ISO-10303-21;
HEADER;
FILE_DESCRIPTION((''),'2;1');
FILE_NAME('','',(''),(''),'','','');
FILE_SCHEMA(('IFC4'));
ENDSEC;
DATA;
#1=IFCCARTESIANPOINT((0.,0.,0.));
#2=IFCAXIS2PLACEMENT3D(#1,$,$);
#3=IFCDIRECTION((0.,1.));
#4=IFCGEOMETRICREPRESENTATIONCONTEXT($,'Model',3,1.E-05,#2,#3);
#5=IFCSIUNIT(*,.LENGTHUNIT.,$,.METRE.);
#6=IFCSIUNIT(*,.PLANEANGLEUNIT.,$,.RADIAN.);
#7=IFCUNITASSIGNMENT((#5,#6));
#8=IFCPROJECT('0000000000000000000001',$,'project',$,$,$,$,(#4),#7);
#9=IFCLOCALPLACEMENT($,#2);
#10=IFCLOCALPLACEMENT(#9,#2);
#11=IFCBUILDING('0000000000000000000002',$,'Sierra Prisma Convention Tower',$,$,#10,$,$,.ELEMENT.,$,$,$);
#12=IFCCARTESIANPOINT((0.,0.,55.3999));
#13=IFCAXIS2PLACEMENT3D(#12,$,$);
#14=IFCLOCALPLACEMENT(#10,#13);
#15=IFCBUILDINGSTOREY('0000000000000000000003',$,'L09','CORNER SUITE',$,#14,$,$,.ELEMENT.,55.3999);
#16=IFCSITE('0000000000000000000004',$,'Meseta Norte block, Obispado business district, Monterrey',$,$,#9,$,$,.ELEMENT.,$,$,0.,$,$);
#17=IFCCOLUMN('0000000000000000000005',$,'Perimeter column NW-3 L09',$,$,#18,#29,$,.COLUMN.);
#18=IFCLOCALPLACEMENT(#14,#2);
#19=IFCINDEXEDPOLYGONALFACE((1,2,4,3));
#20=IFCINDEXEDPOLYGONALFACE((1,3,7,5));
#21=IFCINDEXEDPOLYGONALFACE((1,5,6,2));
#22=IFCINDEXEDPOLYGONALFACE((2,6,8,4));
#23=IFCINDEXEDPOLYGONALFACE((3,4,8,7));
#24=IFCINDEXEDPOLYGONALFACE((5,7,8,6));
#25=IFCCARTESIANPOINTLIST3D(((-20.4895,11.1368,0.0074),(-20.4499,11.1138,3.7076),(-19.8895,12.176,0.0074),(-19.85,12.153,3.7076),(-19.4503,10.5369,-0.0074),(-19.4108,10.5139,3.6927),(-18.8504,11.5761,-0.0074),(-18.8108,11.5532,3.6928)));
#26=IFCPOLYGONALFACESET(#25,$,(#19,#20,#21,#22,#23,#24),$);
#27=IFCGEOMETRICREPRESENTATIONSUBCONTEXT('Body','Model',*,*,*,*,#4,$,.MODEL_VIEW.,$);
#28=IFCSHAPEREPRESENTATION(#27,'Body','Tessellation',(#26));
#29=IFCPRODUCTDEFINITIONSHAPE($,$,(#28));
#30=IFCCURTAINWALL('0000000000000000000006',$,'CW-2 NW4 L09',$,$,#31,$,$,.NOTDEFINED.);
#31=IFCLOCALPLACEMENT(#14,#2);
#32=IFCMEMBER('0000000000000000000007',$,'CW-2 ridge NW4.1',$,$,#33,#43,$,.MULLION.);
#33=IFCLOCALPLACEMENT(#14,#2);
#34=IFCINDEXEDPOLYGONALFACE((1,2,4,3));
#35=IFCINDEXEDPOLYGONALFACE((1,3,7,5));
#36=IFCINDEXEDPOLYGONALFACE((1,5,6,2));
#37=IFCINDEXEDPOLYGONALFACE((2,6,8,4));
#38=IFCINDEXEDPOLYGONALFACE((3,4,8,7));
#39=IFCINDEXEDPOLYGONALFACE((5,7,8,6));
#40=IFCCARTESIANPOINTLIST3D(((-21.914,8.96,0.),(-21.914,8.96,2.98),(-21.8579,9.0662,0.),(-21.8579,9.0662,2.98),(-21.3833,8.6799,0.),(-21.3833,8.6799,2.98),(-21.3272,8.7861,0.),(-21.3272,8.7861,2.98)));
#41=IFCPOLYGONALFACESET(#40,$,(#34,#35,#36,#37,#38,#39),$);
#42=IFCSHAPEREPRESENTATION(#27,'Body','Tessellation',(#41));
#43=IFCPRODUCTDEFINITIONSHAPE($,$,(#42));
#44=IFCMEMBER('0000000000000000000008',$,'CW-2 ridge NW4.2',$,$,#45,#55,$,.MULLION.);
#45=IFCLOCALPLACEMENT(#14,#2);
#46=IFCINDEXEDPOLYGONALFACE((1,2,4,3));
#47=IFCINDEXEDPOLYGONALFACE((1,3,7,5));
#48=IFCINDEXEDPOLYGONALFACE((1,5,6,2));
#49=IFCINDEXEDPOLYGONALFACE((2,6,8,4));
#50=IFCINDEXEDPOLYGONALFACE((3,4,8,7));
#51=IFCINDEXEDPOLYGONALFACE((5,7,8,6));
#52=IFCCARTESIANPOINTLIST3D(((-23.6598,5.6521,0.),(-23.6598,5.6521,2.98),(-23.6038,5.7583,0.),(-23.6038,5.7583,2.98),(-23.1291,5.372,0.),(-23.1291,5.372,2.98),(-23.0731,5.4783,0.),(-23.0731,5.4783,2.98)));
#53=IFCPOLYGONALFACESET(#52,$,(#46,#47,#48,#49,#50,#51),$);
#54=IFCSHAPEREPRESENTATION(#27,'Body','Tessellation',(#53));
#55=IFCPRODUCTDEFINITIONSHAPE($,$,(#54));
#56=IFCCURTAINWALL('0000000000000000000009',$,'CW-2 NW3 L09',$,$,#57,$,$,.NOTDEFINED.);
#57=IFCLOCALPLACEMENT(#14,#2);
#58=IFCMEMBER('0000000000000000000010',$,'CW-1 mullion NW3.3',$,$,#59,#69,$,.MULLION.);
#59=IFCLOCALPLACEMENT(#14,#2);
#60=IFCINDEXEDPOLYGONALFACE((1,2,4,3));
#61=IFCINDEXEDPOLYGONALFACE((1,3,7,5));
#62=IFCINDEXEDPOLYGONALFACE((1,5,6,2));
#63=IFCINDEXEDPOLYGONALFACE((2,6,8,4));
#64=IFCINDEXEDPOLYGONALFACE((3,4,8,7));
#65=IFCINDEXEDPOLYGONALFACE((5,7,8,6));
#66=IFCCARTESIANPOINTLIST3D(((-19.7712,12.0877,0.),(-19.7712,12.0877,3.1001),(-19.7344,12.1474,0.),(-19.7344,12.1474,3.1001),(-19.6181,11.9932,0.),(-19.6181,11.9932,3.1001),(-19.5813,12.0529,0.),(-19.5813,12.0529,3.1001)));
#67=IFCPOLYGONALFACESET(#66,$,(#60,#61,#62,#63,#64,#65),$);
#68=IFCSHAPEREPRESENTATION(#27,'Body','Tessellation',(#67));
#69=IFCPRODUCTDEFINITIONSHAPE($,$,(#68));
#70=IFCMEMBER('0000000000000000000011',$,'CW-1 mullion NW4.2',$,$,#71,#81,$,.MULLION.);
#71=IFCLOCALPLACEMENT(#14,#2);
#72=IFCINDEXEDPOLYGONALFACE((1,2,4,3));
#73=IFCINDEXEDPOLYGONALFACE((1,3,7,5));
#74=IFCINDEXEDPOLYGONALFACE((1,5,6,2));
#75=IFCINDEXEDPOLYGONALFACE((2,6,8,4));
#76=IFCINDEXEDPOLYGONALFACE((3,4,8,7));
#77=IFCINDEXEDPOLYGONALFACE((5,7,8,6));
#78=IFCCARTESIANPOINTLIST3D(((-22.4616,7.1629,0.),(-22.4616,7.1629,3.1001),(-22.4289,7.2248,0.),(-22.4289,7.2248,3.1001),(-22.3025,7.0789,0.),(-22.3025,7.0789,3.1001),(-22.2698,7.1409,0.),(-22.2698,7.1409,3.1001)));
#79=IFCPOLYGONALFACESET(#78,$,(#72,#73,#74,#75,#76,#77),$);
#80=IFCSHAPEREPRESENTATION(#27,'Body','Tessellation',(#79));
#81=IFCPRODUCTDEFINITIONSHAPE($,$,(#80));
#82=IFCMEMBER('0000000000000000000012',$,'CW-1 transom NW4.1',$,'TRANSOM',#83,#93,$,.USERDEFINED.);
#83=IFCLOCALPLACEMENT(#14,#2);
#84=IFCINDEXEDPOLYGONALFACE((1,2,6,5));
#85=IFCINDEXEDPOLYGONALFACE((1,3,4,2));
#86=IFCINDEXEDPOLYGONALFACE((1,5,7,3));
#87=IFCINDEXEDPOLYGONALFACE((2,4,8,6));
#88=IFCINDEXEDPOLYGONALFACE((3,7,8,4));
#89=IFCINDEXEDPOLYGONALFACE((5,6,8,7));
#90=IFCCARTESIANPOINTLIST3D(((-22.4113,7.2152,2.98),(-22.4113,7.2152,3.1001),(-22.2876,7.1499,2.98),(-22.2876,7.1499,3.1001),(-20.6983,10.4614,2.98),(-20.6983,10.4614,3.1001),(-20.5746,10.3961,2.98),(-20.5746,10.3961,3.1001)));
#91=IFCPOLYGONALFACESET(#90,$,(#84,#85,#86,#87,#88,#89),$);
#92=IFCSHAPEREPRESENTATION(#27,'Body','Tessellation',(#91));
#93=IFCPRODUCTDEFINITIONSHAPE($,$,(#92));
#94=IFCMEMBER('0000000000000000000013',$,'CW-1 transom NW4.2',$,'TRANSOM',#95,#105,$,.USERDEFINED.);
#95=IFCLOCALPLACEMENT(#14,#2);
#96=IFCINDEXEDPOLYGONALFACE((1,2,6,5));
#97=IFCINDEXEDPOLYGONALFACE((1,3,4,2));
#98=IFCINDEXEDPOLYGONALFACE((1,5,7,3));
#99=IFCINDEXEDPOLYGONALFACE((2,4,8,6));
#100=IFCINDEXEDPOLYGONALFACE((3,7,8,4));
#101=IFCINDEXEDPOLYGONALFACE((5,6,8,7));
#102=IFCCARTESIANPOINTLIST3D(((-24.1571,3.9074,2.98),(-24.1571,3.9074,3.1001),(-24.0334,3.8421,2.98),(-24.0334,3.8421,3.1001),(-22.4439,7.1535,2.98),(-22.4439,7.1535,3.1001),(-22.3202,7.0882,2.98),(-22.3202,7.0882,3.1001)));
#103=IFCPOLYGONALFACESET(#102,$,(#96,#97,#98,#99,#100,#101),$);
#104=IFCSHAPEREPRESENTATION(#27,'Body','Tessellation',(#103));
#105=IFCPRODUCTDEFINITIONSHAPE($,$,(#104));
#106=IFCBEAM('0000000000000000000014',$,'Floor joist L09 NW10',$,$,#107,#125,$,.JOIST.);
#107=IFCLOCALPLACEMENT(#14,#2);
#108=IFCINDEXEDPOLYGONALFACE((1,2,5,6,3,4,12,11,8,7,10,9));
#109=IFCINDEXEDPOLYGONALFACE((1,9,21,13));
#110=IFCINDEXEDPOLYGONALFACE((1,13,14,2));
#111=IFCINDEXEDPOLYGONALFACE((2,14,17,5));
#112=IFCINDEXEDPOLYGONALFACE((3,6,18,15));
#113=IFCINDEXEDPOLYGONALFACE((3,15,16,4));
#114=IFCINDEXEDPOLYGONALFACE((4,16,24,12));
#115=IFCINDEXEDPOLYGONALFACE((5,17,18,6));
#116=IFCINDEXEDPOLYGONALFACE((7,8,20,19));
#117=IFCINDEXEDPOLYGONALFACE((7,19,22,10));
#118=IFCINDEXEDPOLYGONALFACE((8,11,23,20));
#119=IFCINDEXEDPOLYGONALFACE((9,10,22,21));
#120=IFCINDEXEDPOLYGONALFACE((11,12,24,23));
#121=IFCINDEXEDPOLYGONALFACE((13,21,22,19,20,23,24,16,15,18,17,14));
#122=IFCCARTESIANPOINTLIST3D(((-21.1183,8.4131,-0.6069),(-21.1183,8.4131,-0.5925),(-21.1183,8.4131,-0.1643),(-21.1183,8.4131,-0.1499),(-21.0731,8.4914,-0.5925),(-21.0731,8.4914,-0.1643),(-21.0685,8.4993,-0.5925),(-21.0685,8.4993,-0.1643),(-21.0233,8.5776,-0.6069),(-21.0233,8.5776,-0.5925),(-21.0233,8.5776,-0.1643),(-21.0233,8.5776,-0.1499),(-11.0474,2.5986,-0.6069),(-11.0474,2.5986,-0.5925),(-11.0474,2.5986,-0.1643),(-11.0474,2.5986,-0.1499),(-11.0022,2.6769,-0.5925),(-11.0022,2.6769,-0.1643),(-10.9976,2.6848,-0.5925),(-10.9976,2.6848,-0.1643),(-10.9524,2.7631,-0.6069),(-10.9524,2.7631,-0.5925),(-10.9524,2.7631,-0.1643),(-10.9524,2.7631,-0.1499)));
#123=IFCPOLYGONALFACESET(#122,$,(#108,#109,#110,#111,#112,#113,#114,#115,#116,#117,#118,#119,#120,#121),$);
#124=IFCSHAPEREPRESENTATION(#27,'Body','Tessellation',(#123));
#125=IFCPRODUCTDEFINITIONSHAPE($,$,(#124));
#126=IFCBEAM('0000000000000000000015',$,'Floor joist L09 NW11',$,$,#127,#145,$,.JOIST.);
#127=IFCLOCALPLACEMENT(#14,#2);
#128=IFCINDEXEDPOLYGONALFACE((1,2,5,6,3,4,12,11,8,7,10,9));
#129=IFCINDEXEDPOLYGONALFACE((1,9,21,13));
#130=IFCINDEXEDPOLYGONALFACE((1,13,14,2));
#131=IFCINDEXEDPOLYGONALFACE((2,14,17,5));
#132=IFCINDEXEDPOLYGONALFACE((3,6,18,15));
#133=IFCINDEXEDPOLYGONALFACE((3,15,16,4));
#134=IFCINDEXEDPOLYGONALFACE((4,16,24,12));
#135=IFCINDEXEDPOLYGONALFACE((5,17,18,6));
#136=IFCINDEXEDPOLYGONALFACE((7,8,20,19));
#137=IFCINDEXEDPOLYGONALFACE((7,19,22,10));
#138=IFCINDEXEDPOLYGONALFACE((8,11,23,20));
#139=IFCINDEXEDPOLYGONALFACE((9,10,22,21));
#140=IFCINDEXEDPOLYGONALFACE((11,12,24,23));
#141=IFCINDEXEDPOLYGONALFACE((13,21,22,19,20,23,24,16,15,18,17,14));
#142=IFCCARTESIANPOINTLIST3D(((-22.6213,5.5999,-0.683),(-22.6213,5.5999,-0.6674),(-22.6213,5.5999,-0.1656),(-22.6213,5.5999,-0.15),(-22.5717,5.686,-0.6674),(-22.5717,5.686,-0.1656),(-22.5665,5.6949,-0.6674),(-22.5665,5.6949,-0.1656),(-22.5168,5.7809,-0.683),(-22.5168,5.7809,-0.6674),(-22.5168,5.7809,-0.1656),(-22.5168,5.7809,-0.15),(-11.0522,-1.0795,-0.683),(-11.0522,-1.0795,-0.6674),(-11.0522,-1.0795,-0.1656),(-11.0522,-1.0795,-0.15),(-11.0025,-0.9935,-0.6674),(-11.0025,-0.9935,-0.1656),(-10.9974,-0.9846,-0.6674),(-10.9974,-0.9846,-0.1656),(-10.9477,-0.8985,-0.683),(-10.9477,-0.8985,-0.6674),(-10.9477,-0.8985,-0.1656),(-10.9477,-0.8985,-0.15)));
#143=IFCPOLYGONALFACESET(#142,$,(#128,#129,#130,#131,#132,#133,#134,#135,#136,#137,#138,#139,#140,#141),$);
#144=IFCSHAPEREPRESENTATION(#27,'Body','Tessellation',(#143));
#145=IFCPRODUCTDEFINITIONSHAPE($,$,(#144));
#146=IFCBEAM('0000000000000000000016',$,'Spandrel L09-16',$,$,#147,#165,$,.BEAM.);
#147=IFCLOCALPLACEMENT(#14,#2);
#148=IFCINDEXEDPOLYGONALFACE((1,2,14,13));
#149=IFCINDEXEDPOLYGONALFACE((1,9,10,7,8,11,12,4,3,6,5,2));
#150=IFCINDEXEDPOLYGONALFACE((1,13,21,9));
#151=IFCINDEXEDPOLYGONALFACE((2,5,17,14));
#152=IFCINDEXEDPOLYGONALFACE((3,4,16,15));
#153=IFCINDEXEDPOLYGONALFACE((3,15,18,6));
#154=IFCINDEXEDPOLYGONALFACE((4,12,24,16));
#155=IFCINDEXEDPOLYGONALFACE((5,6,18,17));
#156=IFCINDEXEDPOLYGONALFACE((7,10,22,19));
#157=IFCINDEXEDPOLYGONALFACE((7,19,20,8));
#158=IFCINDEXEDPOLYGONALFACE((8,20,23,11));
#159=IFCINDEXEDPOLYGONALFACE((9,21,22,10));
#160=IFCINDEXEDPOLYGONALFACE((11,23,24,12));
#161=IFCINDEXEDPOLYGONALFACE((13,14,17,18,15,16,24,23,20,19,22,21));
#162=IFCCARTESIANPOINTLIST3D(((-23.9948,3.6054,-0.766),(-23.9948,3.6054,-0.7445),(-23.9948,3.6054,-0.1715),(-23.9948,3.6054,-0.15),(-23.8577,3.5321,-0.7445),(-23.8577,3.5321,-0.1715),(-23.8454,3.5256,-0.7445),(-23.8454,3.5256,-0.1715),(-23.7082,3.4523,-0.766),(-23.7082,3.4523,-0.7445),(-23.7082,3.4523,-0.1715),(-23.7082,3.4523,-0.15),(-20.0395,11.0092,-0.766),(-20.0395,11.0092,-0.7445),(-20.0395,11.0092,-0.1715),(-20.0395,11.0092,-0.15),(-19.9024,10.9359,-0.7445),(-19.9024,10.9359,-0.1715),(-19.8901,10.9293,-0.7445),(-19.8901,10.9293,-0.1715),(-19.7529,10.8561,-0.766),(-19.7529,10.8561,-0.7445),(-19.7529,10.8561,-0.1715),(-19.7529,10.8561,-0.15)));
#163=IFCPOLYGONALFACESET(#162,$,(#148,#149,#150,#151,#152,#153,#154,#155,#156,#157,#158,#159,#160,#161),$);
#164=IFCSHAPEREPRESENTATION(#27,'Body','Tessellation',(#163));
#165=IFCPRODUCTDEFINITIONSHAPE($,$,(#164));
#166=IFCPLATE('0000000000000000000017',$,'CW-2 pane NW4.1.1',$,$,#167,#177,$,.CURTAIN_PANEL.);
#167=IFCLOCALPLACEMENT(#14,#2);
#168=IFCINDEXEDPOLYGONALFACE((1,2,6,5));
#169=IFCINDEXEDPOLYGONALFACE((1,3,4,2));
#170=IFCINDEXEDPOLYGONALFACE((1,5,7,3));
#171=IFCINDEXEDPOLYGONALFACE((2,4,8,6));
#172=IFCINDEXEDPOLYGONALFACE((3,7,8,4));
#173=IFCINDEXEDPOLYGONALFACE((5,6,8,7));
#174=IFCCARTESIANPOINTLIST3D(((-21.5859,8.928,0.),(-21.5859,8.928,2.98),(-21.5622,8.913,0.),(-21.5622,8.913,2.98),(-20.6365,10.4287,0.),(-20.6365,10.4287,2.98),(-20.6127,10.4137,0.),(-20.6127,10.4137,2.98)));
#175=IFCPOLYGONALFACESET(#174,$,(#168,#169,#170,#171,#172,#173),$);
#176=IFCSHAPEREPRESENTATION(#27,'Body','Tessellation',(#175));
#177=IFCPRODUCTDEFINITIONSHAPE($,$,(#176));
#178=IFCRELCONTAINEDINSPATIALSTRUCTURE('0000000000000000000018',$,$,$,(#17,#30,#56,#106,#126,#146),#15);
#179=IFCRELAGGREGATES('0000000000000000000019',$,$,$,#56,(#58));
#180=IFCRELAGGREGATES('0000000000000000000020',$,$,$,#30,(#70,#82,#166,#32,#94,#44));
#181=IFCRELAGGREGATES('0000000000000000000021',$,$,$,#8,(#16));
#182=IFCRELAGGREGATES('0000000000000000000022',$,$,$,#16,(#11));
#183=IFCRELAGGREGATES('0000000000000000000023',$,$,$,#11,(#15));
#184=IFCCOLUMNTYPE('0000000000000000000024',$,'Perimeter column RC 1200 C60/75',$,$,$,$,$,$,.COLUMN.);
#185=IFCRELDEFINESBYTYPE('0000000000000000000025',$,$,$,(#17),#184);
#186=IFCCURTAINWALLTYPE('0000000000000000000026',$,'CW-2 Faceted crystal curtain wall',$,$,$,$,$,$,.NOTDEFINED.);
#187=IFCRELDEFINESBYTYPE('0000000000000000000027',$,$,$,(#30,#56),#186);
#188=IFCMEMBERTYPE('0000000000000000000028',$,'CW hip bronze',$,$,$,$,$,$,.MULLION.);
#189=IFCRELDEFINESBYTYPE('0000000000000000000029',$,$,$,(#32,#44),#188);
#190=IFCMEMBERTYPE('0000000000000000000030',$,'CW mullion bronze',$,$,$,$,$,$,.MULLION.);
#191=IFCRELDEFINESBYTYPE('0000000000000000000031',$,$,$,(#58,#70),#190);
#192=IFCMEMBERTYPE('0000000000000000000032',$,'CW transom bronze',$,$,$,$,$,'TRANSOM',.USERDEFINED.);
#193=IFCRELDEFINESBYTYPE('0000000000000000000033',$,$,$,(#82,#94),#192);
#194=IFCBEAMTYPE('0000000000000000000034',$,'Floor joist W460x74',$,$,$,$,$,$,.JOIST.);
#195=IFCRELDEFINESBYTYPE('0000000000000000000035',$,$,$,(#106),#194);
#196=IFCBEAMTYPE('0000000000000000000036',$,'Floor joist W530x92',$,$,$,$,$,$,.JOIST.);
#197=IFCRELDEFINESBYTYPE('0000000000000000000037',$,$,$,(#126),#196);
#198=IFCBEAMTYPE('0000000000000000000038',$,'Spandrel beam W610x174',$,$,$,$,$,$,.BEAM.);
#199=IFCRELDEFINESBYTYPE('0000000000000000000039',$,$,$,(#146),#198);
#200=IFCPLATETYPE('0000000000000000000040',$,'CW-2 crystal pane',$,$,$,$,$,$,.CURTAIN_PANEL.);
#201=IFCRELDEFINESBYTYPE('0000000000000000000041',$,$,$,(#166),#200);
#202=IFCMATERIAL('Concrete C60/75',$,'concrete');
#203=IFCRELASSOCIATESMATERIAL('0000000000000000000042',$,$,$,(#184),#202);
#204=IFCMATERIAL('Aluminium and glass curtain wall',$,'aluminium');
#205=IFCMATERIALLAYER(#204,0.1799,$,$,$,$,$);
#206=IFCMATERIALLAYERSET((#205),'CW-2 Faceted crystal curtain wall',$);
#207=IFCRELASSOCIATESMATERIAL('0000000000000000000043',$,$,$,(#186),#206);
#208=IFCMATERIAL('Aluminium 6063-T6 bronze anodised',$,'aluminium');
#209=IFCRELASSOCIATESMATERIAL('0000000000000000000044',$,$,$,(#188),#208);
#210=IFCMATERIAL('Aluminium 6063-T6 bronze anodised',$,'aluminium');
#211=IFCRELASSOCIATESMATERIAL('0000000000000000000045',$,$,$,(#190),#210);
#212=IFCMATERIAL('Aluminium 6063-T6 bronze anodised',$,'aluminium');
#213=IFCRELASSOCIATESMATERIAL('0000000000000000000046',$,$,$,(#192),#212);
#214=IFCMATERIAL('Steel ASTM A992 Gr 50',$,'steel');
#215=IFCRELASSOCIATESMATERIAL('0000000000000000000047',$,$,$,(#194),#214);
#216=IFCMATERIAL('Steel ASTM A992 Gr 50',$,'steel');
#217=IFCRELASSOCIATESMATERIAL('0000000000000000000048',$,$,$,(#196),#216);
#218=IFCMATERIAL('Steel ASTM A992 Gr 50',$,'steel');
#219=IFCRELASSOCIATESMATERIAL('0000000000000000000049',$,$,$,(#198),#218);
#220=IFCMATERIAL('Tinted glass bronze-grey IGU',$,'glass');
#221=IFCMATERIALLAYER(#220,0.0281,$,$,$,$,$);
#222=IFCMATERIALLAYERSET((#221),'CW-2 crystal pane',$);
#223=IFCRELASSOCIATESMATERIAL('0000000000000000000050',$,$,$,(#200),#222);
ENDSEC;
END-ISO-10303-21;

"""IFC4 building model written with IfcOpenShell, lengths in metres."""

from ifc_helpers import new_model, si_unit, direction, frame, origin, origin_2d, place, context, subcontext, project, spatial, polyline, rectangle, i_section, outline, extrude, material, layer, layer_set, material_profile, profile_set, type_object, element, aggregate, save


model = new_model("IFC4")

# Units and contexts
model_context = context("Model", 3, precision=1e-05, world=origin(), true_north=direction((0.0, 1.0)))
body_context = subcontext(model_context, "Body", "Model", "MODEL_VIEW")
ifc_project = project(units=[si_unit("LENGTHUNIT", "METRE"), si_unit("PLANEANGLEUNIT", "RADIAN")], contexts=[model_context])

# Site, building, storey
site_placement = place(None, origin())
site = spatial("IfcSite", under=ifc_project, at=site_placement, Name="Meseta Norte block, Obispado business district, Monterrey", CompositionType="ELEMENT", RefElevation=0.0)
building_placement = place(site_placement, origin())
building = spatial("IfcBuilding", under=site, at=building_placement, Name="Sierra Prisma Convention Tower", CompositionType="ELEMENT")
storey_placement = place(building_placement, frame((0.0, 0.0, 55.3999)))
storey = spatial("IfcBuildingStorey", under=building, at=storey_placement, Name="L09", Description="CORNER SUITE", CompositionType="ELEMENT", Elevation=55.3999)

# Column
ifc_material_1 = material(Name="Concrete C60/75", Category="concrete")
ifc_material_profile_1 = material_profile(ifc_material_1, rectangle(XDim=1.2, YDim=1.2, at=origin_2d()), Name="Perimeter column RC 1200 C60/75")
ifc_profile_set_1 = profile_set([ifc_material_profile_1], Name="Concrete C60/75")
column_type = type_object("IfcColumnType", Name="Perimeter column RC 1200 C60/75", PredefinedType="COLUMN", material=ifc_profile_set_1)
column_placement = place(storey_placement, frame((-19.6699, 11.3564, 0.0), z_axis=(0.010688, -0.006202, 0.999924), x_axis=(0.499971, 0.866042, 0.000027)))
element("IfcColumn", 1, at=column_placement, inside=storey, type_object=column_type, Name="Perimeter column NW-3 L09", PredefinedType="COLUMN", context=body_context, shape_type="SweptSolid", body=[
    extrude(rectangle(XDim=1.2, YDim=1.2, at=origin_2d()), origin(), (0.0, 0.0, 1.0), 3.7004),
])

# Curtain wall, members
ifc_material_2 = material(Name="Aluminium and glass curtain wall", Category="aluminium")
ifc_layer_1 = layer(ifc_material_2, 0.1799)
ifc_layer_set_1 = layer_set([ifc_layer_1], Name="CW-2 Faceted crystal curtain wall")
curtain_wall_type = type_object("IfcCurtainWallType", Name="CW-2 Faceted crystal curtain wall", PredefinedType="NOTDEFINED", material=ifc_layer_set_1)
curtain_wall_1_placement = place(storey_placement, origin())
curtain_wall_1 = element("IfcCurtainWall", 2, at=curtain_wall_1_placement, inside=storey, type_object=curtain_wall_type, Name="CW-2 NW4 L09", PredefinedType="NOTDEFINED")
ifc_material_3 = material(Name="Aluminium 6063-T6 bronze anodised", Category="aluminium")
ifc_material_profile_2 = material_profile(ifc_material_3, rectangle(XDim=0.1201, YDim=0.6001, at=origin_2d()), Name="ALU RIDGE BLADE 120x600")
ifc_profile_set_2 = profile_set([ifc_material_profile_2], Name="Aluminium 6063-T6 bronze anodised")
member_type_1 = type_object("IfcMemberType", Name="CW hip bronze", PredefinedType="MULLION", material=ifc_profile_set_2)
member_1_placement = place(storey_placement, frame((-21.6206, 8.873, 0.0), z_axis=(0.0, 0.0, 1.0), x_axis=(-0.466724, -0.884403, 0.0)))
member_1 = element("IfcMember", 3, at=member_1_placement, type_object=member_type_1, Name="CW-2 ridge NW4.1", PredefinedType="MULLION", context=body_context, shape_type="SweptSolid", body=[
    extrude(rectangle(XDim=0.1201, YDim=0.6001, at=origin_2d()), origin(), (0.0, 0.0, 1.0), 2.98),
])
member_2_placement = place(storey_placement, frame((-23.3665, 5.5652, 0.0), z_axis=(0.0, 0.0, 1.0), x_axis=(-0.466724, -0.884403, 0.0)))
member_2 = element("IfcMember", 4, at=member_2_placement, type_object=member_type_1, Name="CW-2 ridge NW4.2", PredefinedType="MULLION", context=body_context, shape_type="SweptSolid", body=[
    extrude(rectangle(XDim=0.1201, YDim=0.6001, at=origin_2d()), origin(), (0.0, 0.0, 1.0), 2.98),
])

# Curtain wall, member
curtain_wall_2_placement = place(storey_placement, origin())
curtain_wall_2 = element("IfcCurtainWall", 5, at=curtain_wall_2_placement, inside=storey, type_object=curtain_wall_type, Name="CW-2 NW3 L09", PredefinedType="NOTDEFINED")
ifc_material_4 = material(Name="Aluminium 6063-T6 bronze anodised", Category="aluminium")
ifc_material_profile_3 = material_profile(ifc_material_4, rectangle(XDim=0.1799, YDim=0.0701, at=origin_2d()), Name="ALU MULLION 70x180")
ifc_profile_set_3 = profile_set([ifc_material_profile_3], Name="Aluminium 6063-T6 bronze anodised")
member_type_2 = type_object("IfcMemberType", Name="CW mullion bronze", PredefinedType="MULLION", material=ifc_profile_set_3)
member_3_placement = place(storey_placement, frame((-19.6763, 12.0703, 0.0), z_axis=(0.0, 0.0, 1.0), x_axis=(0.850982, -0.525194, 0.0)))
member_3 = element("IfcMember", 6, at=member_3_placement, type_object=member_type_2, Name="CW-1 mullion NW3.3", PredefinedType="MULLION", context=body_context, shape_type="SweptSolid", body=[
    extrude(rectangle(XDim=0.1799, YDim=0.0701, at=origin_2d()), origin(), (0.0, 0.0, 1.0), 3.1001),
])
aggregate(curtain_wall_2, [member_3])

# Members
member_4_placement = place(storey_placement, frame((-22.3657, 7.1519, 0.0), z_axis=(0.0, 0.0, 1.0), x_axis=(0.884403, -0.466724, 0.0)))
member_4 = element("IfcMember", 7, at=member_4_placement, type_object=member_type_2, Name="CW-1 mullion NW4.2", PredefinedType="MULLION", context=body_context, shape_type="SweptSolid", body=[
    extrude(rectangle(XDim=0.1799, YDim=0.0701, at=origin_2d()), origin(), (0.0, 0.0, 1.0), 3.1001),
])
ifc_material_5 = material(Name="Aluminium 6063-T6 bronze anodised", Category="aluminium")
ifc_material_profile_4 = material_profile(ifc_material_5, rectangle(XDim=0.1399, YDim=0.1201, at=origin_2d()), Name="ALU TRANSOM 120x140")
ifc_profile_set_4 = profile_set([ifc_material_profile_4], Name="Aluminium 6063-T6 bronze anodised")
member_type_3 = type_object("IfcMemberType", Name="CW transom bronze", ElementType="TRANSOM", PredefinedType="USERDEFINED", material=ifc_profile_set_4)
member_5_placement = place(storey_placement, frame((-20.6365, 10.4287, 3.04), z_axis=(-0.466689, -0.884421, 0.0), x_axis=(0.884421, -0.466689, 0.0)))
member_5 = element("IfcMember", 8, at=member_5_placement, type_object=member_type_3, Name="CW-1 transom NW4.1", ObjectType="TRANSOM", PredefinedType="USERDEFINED", context=body_context, shape_type="SweptSolid", body=[
    extrude(rectangle(XDim=0.1399, YDim=0.1201, at=origin_2d()), origin(), (0.0, 0.0, 1.0), 3.6704),
])
member_6_placement = place(storey_placement, frame((-22.3821, 7.1208, 3.04), z_axis=(-0.466741, -0.884394, 0.0), x_axis=(0.884394, -0.466741, 0.0)))
member_6 = element("IfcMember", 9, at=member_6_placement, type_object=member_type_3, Name="CW-1 transom NW4.2", ObjectType="TRANSOM", PredefinedType="USERDEFINED", context=body_context, shape_type="SweptSolid", body=[
    extrude(rectangle(XDim=0.1399, YDim=0.1201, at=origin_2d()), origin(), (0.0, 0.0, 1.0), 3.6704),
])

# Beams
ifc_material_6 = material(Name="Steel ASTM A992 Gr 50", Category="steel")
ifc_material_profile_5 = material_profile(ifc_material_6, i_section(OverallWidth=0.1899, OverallDepth=0.457, WebThickness=0.009, FlangeThickness=0.0144, at=origin_2d()), Name="W460x74")
ifc_profile_set_5 = profile_set([ifc_material_profile_5], Name="Steel ASTM A992 Gr 50")
beam_type_1 = type_object("IfcBeamType", Name="Floor joist W460x74", PredefinedType="JOIST", material=ifc_profile_set_5)
beam_1_placement = place(storey_placement, frame((-21.0708, 8.4954, -0.3784), z_axis=(0.866023, -0.500005, 0.0), x_axis=(0.500005, 0.866023, 0.0)))
element("IfcBeam", 10, at=beam_1_placement, inside=storey, type_object=beam_type_1, Name="Floor joist L09 NW10", PredefinedType="JOIST", context=body_context, shape_type="SweptSolid", body=[
    extrude(i_section(OverallWidth=0.1899, OverallDepth=0.457, WebThickness=0.009, FlangeThickness=0.0144, at=origin_2d()), origin(), (0.0, 0.0, 1.0), 11.6289),
])
ifc_material_7 = material(Name="Steel ASTM A992 Gr 50", Category="steel")
ifc_material_profile_6 = material_profile(ifc_material_7, i_section(OverallWidth=0.209, OverallDepth=0.533, WebThickness=0.0103, FlangeThickness=0.0156, at=origin_2d()), Name="W530x92")
ifc_profile_set_6 = profile_set([ifc_material_profile_6], Name="Steel ASTM A992 Gr 50")
beam_type_2 = type_object("IfcBeamType", Name="Floor joist W530x92", PredefinedType="JOIST", material=ifc_profile_set_6)
beam_2_placement = place(storey_placement, frame((-22.5691, 5.6904, -0.4165), z_axis=(0.866025, -0.500001, 0.0), x_axis=(0.500001, 0.866025, 0.0)))
element("IfcBeam", 11, at=beam_2_placement, inside=storey, type_object=beam_type_2, Name="Floor joist L09 NW11", PredefinedType="JOIST", context=body_context, shape_type="SweptSolid", body=[
    extrude(i_section(OverallWidth=0.209, OverallDepth=0.533, WebThickness=0.0103, FlangeThickness=0.0156, at=origin_2d()), origin(), (0.0, 0.0, 1.0), 13.3589),
])
ifc_material_8 = material(Name="Steel ASTM A992 Gr 50", Category="steel")
ifc_material_profile_7 = material_profile(ifc_material_8, i_section(OverallWidth=0.325, OverallDepth=0.616, WebThickness=0.0139, FlangeThickness=0.0215, at=origin_2d()), Name="W610x174")
ifc_profile_set_7 = profile_set([ifc_material_profile_7], Name="Steel ASTM A992 Gr 50")
beam_type_3 = type_object("IfcBeamType", Name="Spandrel beam W610x174", PredefinedType="BEAM", material=ifc_profile_set_7)
beam_3_placement = place(storey_placement, frame((-19.8962, 10.9326, -0.458), z_axis=(-0.471203, -0.882025, 0.0), x_axis=(0.882025, -0.471203, 0.0)))
element("IfcBeam", 12, at=beam_3_placement, inside=storey, type_object=beam_type_3, Name="Spandrel L09-16", PredefinedType="BEAM", context=body_context, shape_type="SweptSolid", body=[
    extrude(i_section(OverallWidth=0.325, OverallDepth=0.616, WebThickness=0.0139, FlangeThickness=0.0215, at=origin_2d()), origin(), (0.0, 0.0, 1.0), 8.394),
])

# Plate
ifc_material_9 = material(Name="Tinted glass bronze-grey IGU", Category="glass")
ifc_layer_2 = layer(ifc_material_9, 0.0281)
ifc_layer_set_2 = layer_set([ifc_layer_2], Name="CW-2 crystal pane")
plate_type = type_object("IfcPlateType", Name="CW-2 crystal pane", PredefinedType="CURTAIN_PANEL", material=ifc_layer_set_2)
plate_1_placement = place(storey_placement, frame((-20.6365, 10.4287, 0.0), z_axis=(-0.845074, 0.53465, 0.0), x_axis=(-0.53465, -0.845074, 0.0)))
plate_1 = element("IfcPlate", 13, at=plate_1_placement, type_object=plate_type, Name="CW-2 pane NW4.1.1", PredefinedType="CURTAIN_PANEL", context=body_context, shape_type="SweptSolid", body=[
    extrude(outline(polyline([(0.0, 0.0), (1.7759, 0.0), (1.7759, 2.98), (0.0, 2.98), (0.0, 0.0)])), origin(), (0.0, 0.0, -1.0), 0.0281),
])
aggregate(curtain_wall_1, [member_4, member_5, plate_1, member_1, member_6, member_2])

save(model, "model.ifc")
